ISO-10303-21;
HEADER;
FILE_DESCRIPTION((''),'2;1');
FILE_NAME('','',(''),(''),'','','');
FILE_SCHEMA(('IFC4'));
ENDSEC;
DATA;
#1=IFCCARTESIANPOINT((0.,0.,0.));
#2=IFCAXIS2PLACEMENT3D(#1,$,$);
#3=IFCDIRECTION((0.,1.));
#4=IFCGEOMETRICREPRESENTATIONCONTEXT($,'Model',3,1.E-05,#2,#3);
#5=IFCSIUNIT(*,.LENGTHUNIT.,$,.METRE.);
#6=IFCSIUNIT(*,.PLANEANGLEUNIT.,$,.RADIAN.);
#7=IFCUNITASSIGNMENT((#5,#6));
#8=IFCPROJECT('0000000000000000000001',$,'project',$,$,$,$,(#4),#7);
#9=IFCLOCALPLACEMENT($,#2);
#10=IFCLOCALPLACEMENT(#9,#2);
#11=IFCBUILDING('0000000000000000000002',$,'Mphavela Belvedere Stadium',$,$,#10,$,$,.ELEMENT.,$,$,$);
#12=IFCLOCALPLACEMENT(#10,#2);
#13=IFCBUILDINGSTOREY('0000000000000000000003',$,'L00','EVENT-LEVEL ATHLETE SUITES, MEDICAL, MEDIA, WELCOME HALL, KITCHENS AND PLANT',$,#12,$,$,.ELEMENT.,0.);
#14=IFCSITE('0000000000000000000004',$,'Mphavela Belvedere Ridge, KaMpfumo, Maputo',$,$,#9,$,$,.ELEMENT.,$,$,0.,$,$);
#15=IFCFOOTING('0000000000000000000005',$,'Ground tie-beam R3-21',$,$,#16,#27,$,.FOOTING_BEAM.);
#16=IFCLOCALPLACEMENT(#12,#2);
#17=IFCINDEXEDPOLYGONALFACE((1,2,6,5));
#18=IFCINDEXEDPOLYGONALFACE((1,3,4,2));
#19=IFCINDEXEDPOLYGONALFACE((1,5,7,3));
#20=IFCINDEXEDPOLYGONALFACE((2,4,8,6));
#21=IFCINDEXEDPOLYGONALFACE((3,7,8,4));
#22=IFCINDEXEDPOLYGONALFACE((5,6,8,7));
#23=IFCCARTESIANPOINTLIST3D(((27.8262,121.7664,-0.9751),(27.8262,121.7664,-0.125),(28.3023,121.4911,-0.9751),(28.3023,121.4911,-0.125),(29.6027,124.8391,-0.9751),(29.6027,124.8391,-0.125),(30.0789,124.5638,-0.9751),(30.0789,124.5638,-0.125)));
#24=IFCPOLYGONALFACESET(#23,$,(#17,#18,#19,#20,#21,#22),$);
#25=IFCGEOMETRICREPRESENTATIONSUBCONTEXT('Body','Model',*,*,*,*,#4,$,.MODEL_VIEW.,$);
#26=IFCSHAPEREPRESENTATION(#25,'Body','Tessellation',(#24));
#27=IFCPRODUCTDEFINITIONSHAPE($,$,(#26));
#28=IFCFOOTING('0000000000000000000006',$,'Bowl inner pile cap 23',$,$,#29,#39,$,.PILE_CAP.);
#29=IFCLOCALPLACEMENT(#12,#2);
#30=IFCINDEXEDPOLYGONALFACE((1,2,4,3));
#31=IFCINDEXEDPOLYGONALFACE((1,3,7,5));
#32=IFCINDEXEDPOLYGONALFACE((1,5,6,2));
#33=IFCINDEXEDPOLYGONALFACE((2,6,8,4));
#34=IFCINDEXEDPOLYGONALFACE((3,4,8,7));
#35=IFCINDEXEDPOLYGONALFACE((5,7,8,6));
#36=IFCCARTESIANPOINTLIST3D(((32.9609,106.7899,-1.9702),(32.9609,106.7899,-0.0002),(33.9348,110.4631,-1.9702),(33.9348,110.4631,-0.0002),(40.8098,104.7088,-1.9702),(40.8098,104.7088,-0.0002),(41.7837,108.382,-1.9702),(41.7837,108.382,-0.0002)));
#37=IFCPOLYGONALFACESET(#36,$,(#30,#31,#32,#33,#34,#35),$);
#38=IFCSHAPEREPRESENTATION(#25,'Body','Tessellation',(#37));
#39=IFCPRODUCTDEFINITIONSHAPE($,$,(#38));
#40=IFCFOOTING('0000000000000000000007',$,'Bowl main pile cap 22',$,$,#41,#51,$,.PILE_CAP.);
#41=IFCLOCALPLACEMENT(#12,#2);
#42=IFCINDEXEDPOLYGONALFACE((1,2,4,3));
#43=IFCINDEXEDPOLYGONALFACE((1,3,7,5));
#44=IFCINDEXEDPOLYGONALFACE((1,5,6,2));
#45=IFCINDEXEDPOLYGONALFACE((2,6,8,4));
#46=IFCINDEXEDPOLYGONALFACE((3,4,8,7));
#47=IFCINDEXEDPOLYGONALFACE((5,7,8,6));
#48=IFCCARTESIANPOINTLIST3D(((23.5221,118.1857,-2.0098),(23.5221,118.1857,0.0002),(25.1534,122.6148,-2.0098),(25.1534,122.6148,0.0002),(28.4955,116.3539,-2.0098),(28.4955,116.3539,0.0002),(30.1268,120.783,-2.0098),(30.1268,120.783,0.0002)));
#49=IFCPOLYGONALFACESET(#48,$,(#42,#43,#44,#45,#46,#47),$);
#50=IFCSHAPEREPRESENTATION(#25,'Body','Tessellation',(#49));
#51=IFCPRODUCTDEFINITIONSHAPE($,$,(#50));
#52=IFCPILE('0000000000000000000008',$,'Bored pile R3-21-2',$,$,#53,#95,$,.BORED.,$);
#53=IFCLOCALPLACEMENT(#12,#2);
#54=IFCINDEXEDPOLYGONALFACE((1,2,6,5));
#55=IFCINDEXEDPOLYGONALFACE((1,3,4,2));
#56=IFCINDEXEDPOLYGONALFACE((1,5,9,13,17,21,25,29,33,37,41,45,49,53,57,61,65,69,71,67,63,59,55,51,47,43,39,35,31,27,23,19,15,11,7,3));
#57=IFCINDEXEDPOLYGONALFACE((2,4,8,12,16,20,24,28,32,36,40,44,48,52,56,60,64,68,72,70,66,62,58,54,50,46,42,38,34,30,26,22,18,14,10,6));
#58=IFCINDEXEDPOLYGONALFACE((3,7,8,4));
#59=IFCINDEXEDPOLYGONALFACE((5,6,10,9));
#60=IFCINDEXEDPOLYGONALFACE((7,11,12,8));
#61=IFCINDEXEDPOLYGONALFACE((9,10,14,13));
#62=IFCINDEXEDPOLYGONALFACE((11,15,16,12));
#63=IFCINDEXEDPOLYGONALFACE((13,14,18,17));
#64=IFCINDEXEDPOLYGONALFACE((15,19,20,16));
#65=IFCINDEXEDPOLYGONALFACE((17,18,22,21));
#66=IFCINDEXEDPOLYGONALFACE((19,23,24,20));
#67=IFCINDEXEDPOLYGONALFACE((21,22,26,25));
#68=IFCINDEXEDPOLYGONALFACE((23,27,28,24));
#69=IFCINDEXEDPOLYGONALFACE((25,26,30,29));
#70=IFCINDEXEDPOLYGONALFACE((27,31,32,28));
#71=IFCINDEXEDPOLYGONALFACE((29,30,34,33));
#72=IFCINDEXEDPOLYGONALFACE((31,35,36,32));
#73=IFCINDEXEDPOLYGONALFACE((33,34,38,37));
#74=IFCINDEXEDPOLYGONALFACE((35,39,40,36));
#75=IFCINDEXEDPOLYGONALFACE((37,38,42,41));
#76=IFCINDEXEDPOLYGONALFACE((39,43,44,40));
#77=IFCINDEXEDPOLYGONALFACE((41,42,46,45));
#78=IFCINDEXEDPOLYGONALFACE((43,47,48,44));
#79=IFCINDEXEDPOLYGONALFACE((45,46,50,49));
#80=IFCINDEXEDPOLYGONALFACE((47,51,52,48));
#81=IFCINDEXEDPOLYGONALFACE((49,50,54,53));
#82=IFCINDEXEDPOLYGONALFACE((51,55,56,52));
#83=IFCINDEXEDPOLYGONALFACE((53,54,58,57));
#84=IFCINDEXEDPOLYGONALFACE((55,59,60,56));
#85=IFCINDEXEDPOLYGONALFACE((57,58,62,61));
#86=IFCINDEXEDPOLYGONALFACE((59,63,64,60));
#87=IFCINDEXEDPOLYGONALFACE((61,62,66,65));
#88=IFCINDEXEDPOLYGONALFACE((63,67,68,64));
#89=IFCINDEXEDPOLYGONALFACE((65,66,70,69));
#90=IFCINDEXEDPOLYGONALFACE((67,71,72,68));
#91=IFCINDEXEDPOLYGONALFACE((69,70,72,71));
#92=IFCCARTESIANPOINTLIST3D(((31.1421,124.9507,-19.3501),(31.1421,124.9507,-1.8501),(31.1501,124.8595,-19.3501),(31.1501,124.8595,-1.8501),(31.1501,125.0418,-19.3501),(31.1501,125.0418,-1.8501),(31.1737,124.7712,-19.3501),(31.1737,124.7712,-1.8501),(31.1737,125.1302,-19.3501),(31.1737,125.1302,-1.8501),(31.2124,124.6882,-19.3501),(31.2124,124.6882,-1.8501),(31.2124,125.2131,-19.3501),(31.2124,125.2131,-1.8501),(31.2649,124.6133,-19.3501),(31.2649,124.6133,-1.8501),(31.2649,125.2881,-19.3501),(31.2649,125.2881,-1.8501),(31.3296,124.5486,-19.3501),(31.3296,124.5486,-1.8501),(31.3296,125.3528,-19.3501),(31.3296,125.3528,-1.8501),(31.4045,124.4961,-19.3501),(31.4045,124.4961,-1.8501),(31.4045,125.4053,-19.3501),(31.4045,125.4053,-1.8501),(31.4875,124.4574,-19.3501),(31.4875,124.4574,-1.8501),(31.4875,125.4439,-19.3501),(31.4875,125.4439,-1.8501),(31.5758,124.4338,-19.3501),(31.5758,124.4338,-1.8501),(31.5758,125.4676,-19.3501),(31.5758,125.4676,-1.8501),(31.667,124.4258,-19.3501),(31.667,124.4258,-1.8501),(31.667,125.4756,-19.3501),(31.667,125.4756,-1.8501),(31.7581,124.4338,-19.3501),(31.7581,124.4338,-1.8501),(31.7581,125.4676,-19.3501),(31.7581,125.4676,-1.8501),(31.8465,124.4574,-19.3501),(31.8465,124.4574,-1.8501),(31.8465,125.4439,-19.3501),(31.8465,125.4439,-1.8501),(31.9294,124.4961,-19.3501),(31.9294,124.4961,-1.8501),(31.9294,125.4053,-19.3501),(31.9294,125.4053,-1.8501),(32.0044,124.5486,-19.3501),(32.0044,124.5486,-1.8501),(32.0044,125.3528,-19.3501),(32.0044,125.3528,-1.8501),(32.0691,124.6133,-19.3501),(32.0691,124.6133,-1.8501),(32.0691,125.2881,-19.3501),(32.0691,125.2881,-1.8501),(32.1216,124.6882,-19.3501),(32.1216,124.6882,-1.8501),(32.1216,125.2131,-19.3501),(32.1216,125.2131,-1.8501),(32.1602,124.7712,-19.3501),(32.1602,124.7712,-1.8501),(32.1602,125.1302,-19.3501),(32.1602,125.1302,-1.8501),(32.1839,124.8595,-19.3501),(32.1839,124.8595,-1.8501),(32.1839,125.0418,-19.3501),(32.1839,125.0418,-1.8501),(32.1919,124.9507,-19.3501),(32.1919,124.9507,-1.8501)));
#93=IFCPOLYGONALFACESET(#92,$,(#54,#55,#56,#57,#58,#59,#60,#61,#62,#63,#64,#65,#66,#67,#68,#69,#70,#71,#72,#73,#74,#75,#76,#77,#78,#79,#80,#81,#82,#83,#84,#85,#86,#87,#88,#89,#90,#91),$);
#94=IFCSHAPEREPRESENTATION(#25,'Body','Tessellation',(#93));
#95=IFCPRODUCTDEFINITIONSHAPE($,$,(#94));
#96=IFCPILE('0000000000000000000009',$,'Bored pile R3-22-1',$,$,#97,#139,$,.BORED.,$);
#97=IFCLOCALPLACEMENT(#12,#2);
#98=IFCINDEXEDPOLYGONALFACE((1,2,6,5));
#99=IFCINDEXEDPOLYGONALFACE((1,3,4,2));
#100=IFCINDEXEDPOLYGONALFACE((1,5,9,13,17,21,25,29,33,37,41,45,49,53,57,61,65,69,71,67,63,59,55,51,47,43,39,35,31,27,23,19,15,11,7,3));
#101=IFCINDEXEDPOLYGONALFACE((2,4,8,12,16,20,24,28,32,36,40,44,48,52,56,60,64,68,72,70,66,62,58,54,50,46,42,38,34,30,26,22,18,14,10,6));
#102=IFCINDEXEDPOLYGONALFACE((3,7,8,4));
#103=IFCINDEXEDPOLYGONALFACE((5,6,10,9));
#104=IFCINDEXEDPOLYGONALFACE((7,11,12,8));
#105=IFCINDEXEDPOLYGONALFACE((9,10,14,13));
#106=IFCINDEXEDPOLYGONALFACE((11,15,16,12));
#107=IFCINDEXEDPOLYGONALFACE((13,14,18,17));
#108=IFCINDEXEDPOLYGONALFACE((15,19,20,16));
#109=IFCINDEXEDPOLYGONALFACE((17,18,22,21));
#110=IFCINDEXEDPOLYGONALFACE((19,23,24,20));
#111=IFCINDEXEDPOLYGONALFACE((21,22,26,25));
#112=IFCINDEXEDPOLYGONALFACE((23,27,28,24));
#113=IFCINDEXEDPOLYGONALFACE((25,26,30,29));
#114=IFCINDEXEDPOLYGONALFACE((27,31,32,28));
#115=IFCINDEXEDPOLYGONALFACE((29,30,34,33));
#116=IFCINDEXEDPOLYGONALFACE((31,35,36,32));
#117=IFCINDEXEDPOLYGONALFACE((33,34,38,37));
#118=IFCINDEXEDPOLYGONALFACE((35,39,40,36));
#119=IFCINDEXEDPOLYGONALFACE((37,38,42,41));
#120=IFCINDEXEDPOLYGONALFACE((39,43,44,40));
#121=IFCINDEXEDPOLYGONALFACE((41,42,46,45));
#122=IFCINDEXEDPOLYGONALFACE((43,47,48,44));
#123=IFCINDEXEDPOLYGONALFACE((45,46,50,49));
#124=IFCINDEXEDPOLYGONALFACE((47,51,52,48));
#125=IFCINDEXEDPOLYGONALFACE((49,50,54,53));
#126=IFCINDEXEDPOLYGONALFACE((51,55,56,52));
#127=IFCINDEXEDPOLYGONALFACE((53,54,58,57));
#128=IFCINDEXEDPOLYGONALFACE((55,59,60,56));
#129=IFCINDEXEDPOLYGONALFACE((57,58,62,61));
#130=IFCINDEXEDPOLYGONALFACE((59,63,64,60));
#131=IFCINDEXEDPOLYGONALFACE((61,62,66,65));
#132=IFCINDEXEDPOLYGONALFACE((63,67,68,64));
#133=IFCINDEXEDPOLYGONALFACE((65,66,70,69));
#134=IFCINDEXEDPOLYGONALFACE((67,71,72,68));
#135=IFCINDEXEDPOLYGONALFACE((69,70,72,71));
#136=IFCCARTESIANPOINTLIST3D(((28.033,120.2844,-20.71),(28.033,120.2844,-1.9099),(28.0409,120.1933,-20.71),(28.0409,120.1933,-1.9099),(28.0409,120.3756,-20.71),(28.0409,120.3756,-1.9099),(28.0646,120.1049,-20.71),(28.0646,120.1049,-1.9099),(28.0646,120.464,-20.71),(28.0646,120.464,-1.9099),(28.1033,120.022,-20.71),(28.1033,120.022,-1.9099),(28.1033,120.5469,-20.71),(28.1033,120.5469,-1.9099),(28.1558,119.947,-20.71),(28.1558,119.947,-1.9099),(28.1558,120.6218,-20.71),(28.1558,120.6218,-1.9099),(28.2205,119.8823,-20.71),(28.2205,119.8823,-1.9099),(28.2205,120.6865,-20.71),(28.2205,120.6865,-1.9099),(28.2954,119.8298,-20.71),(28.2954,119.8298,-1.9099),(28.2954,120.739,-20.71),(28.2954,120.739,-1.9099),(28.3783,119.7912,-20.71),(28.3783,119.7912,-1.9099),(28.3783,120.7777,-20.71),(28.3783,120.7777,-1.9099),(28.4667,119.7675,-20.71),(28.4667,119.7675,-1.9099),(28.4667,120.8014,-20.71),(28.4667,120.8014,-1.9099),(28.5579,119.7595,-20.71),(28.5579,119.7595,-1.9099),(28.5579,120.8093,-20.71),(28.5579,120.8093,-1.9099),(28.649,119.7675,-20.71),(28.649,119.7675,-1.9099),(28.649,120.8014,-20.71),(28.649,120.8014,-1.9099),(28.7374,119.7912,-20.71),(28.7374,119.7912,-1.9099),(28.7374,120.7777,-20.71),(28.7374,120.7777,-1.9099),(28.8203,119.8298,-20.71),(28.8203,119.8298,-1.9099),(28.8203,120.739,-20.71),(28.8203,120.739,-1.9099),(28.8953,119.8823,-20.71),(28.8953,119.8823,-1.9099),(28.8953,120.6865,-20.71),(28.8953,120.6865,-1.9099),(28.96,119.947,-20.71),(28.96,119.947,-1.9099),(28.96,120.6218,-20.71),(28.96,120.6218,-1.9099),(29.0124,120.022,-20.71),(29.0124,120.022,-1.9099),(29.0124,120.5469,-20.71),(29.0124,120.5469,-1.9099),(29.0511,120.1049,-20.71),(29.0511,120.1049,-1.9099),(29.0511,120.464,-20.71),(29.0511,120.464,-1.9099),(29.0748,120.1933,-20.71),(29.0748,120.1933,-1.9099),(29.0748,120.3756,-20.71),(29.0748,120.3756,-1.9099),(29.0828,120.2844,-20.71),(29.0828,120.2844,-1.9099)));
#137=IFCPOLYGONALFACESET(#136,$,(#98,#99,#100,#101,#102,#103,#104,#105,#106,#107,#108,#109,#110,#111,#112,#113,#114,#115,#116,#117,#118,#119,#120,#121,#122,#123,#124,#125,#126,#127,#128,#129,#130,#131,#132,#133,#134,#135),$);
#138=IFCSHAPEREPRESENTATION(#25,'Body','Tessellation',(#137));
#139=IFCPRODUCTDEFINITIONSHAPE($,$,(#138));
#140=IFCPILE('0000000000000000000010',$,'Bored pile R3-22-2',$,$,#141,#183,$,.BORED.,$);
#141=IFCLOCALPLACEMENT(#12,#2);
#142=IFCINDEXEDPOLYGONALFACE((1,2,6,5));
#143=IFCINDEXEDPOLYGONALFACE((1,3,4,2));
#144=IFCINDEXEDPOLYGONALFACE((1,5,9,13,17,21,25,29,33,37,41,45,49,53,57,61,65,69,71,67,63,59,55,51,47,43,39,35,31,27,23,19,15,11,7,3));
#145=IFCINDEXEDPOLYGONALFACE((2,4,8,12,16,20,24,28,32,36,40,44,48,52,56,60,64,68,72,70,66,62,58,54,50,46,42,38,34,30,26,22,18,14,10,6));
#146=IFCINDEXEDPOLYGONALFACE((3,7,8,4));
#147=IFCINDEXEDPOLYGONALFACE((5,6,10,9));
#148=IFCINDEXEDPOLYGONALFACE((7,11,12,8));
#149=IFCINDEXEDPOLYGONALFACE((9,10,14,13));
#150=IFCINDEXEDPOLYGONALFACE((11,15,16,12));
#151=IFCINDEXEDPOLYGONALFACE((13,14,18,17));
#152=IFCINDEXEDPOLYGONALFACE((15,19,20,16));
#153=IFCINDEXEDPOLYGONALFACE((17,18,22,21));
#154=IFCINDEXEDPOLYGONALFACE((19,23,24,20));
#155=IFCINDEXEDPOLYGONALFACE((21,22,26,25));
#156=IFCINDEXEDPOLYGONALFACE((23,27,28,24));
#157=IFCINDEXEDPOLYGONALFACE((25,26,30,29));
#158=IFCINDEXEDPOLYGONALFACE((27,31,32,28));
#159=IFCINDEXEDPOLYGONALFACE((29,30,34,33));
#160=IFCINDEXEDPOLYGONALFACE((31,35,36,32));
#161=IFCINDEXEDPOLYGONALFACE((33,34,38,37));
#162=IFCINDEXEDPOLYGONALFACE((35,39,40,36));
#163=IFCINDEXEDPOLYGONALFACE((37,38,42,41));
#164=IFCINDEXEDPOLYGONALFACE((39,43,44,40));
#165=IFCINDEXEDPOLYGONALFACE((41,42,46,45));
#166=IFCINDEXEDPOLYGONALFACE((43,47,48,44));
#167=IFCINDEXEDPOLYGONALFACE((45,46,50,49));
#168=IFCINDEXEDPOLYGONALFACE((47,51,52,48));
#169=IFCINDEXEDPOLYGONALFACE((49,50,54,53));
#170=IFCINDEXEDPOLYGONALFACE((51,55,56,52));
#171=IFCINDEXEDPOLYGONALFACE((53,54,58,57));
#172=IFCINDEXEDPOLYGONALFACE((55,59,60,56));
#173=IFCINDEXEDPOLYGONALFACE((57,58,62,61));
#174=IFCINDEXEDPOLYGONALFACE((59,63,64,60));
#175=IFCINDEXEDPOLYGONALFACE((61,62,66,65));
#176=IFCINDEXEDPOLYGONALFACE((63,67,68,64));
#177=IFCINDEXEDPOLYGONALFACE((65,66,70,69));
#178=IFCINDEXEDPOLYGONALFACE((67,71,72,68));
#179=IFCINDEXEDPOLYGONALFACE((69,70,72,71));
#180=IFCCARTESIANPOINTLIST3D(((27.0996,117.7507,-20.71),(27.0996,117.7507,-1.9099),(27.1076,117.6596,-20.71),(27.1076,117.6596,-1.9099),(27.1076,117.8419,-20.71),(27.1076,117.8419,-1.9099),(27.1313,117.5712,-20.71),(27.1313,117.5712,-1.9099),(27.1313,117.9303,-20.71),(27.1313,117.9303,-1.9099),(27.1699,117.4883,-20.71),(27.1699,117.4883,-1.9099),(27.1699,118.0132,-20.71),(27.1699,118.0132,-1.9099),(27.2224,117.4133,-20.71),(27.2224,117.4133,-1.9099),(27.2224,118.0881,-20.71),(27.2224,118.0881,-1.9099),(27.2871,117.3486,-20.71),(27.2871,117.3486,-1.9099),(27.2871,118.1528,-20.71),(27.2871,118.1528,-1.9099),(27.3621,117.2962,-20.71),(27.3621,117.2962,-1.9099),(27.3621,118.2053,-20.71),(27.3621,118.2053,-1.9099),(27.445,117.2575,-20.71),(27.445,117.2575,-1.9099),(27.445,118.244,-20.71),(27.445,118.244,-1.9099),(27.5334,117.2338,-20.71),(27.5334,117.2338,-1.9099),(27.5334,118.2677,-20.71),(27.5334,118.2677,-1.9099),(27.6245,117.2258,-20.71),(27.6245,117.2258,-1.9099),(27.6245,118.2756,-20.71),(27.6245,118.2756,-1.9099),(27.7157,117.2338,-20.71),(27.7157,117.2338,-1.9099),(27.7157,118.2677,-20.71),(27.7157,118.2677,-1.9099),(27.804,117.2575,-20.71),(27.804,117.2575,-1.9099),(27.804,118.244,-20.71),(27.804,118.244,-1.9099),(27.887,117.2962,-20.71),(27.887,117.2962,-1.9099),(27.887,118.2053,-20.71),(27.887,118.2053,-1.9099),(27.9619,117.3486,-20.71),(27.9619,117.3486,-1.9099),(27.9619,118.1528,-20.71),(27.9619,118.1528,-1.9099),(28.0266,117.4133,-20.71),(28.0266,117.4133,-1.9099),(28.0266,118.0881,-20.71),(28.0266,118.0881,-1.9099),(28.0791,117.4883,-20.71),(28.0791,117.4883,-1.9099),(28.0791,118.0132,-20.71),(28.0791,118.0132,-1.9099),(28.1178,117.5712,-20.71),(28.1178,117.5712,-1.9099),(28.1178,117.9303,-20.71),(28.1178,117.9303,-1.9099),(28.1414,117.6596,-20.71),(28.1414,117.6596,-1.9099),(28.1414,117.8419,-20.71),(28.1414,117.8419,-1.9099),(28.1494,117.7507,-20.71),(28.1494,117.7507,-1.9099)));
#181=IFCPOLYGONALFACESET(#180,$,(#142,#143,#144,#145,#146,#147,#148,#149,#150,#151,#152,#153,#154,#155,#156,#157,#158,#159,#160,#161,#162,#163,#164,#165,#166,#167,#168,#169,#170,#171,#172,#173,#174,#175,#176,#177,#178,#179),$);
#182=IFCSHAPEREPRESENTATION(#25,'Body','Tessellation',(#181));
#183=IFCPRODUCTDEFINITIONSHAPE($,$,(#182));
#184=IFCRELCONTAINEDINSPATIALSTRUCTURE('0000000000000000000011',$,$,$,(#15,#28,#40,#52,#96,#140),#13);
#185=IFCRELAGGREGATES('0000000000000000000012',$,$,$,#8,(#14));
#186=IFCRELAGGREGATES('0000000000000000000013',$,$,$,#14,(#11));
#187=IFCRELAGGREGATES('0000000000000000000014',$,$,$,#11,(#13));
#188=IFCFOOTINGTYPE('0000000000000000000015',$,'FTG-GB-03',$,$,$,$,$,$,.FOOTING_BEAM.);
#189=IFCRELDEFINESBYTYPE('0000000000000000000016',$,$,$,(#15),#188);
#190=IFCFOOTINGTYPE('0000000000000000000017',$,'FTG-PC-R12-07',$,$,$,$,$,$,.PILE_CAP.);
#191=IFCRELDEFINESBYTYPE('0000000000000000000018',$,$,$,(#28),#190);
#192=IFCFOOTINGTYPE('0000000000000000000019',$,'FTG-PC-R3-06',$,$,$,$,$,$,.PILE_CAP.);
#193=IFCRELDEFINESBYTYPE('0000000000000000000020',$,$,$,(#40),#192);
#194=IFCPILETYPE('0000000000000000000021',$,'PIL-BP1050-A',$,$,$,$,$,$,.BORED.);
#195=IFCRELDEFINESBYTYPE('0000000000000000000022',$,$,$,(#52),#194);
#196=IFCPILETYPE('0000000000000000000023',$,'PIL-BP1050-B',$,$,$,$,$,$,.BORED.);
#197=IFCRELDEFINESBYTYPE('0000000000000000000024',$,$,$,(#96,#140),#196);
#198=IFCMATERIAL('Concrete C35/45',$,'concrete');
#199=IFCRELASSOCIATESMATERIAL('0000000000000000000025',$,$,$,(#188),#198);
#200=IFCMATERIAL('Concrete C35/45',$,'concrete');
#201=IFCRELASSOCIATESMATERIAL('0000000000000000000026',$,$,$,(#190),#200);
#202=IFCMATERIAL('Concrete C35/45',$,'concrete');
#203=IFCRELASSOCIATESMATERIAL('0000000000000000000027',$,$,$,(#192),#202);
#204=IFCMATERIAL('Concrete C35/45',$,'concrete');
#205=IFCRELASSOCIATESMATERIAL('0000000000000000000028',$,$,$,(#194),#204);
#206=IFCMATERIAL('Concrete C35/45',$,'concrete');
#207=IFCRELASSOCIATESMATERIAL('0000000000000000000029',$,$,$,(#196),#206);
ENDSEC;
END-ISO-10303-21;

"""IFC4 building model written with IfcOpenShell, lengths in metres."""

from ifc_helpers import new_model, si_unit, direction, frame, origin, origin_2d, place, context, subcontext, project, spatial, rectangle, circle, extrude, material, material_profile, profile_set, type_object, element, save


model = new_model("IFC4")

# Units and contexts
model_context = context("Model", 3, precision=1e-05, world=origin(), true_north=direction((0.0, 1.0)))
body_context = subcontext(model_context, "Body", "Model", "MODEL_VIEW")
ifc_project = project(units=[si_unit("LENGTHUNIT", "METRE"), si_unit("PLANEANGLEUNIT", "RADIAN")], contexts=[model_context])

# Site, building, storey
site_placement = place(None, origin())
site = spatial("IfcSite", under=ifc_project, at=site_placement, Name="Mphavela Belvedere Ridge, KaMpfumo, Maputo", CompositionType="ELEMENT", RefElevation=0.0)
building_placement = place(site_placement, origin())
building = spatial("IfcBuilding", under=site, at=building_placement, Name="Mphavela Belvedere Stadium", CompositionType="ELEMENT")
storey_placement = place(building_placement, origin())
storey = spatial("IfcBuildingStorey", under=building, at=storey_placement, Name="L00", Description="EVENT-LEVEL ATHLETE SUITES, MEDICAL, MEDIA, WELCOME HALL, KITCHENS AND PLANT", CompositionType="ELEMENT", Elevation=0.0)

# Footings
ifc_material_1 = material(Name="Concrete C35/45", Category="concrete")
ifc_material_profile_1 = material_profile(ifc_material_1, rectangle(XDim=0.55, YDim=0.8501, at=origin_2d()), Name="GB 550x850")
ifc_profile_set_1 = profile_set([ifc_material_profile_1], Name="Concrete C35/45")
footing_type_1 = type_object("IfcFootingType", Name="FTG-GB-03", PredefinedType="FOOTING_BEAM", material=ifc_profile_set_1)
footing_1_placement = place(storey_placement, frame((29.8408, 124.7014, -0.55), z_axis=(-0.50054, -0.865713, 0.0), x_axis=(0.865713, -0.50054, 0.0)))
element("IfcFooting", 1, at=footing_1_placement, inside=storey, type_object=footing_type_1, Name="Ground tie-beam R3-21", PredefinedType="FOOTING_BEAM", context=body_context, shape_type="SweptSolid", body=[
    extrude(rectangle(XDim=0.55, YDim=0.8501, at=origin_2d()), origin(), (0.0, 0.0, 1.0), 3.5493),
])
ifc_material_2 = material(Name="Concrete C35/45", Category="concrete")
footing_type_2 = type_object("IfcFootingType", Name="FTG-PC-R12-07", PredefinedType="PILE_CAP", material=ifc_material_2)
footing_2_placement = place(storey_placement, frame((37.3723, 107.5859, -1.9702), z_axis=(0.0, 0.0, 1.0), x_axis=(-0.9666, 0.256289, 0.0)))
element("IfcFooting", 2, at=footing_2_placement, inside=storey, type_object=footing_type_2, Name="Bowl inner pile cap 23", PredefinedType="PILE_CAP", context=body_context, shape_type="SweptSolid", body=[
    extrude(rectangle(XDim=8.1201, YDim=3.8, at=origin_2d()), origin(), (0.0, 0.0, 1.0), 1.97),
])
ifc_material_3 = material(Name="Concrete C35/45", Category="concrete")
footing_type_3 = type_object("IfcFootingType", Name="FTG-PC-R3-06", PredefinedType="PILE_CAP", material=ifc_material_3)
footing_3_placement = place(storey_placement, frame((26.8245, 119.4844, -2.0098), z_axis=(0.0, 0.0, 1.0), x_axis=(-0.938372, 0.345626, 0.0)))
element("IfcFooting", 3, at=footing_3_placement, inside=storey, type_object=footing_type_3, Name="Bowl main pile cap 22", PredefinedType="PILE_CAP", context=body_context, shape_type="SweptSolid", body=[
    extrude(rectangle(XDim=5.3, YDim=4.72, at=origin_2d()), origin(), (0.0, 0.0, 1.0), 2.01),
])

# Piles
ifc_material_4 = material(Name="Concrete C35/45", Category="concrete")
ifc_material_profile_2 = material_profile(ifc_material_4, circle(Radius=0.5249, at=origin_2d()), Name="BP D1050")
ifc_profile_set_2 = profile_set([ifc_material_profile_2], Name="Concrete C35/45")
pile_type_1 = type_object("IfcPileType", Name="PIL-BP1050-A", PredefinedType="BORED", material=ifc_profile_set_2)
pile_placement = place(storey_placement, frame((31.667, 124.9507, -1.8501), z_axis=(0.0, 0.0, -1.0), x_axis=(1.0, 0.0, 0.0)))
element("IfcPile", 4, at=pile_placement, inside=storey, type_object=pile_type_1, Name="Bored pile R3-21-2", PredefinedType="BORED", context=body_context, shape_type="SweptSolid", body=[
    extrude(circle(Radius=0.5249, at=origin_2d()), origin(), (0.0, 0.0, 1.0), 17.5),
])
ifc_material_5 = material(Name="Concrete C35/45", Category="concrete")
ifc_material_profile_3 = material_profile(ifc_material_5, circle(Radius=0.5249, at=origin_2d()), Name="BP D1050")
ifc_profile_set_3 = profile_set([ifc_material_profile_3], Name="Concrete C35/45")
pile_type_2 = type_object("IfcPileType", Name="PIL-BP1050-B", PredefinedType="BORED", material=ifc_profile_set_3)
for number, where, z_axis, x_axis, name in (
    (5, (28.5579, 120.2844, -1.9099), (0.0, 0.0, -1.0), (1.0, 0.0, 0.0), "Bored pile R3-22-1"),
    (6, (27.6245, 117.7507, -1.9099), (0.0, 0.0, -1.0), (1.0, 0.0, 0.0), "Bored pile R3-22-2"),
):
    element("IfcPile", number, at=place(storey_placement, frame(where, z_axis=z_axis, x_axis=x_axis)), inside=storey, type_object=pile_type_2, Name=name, PredefinedType="BORED", context=body_context, shape_type="SweptSolid", body=[
        extrude(circle(Radius=0.5249, at=origin_2d()), origin(), (0.0, 0.0, 1.0), 18.8),
    ])

save(model, "model.ifc")
